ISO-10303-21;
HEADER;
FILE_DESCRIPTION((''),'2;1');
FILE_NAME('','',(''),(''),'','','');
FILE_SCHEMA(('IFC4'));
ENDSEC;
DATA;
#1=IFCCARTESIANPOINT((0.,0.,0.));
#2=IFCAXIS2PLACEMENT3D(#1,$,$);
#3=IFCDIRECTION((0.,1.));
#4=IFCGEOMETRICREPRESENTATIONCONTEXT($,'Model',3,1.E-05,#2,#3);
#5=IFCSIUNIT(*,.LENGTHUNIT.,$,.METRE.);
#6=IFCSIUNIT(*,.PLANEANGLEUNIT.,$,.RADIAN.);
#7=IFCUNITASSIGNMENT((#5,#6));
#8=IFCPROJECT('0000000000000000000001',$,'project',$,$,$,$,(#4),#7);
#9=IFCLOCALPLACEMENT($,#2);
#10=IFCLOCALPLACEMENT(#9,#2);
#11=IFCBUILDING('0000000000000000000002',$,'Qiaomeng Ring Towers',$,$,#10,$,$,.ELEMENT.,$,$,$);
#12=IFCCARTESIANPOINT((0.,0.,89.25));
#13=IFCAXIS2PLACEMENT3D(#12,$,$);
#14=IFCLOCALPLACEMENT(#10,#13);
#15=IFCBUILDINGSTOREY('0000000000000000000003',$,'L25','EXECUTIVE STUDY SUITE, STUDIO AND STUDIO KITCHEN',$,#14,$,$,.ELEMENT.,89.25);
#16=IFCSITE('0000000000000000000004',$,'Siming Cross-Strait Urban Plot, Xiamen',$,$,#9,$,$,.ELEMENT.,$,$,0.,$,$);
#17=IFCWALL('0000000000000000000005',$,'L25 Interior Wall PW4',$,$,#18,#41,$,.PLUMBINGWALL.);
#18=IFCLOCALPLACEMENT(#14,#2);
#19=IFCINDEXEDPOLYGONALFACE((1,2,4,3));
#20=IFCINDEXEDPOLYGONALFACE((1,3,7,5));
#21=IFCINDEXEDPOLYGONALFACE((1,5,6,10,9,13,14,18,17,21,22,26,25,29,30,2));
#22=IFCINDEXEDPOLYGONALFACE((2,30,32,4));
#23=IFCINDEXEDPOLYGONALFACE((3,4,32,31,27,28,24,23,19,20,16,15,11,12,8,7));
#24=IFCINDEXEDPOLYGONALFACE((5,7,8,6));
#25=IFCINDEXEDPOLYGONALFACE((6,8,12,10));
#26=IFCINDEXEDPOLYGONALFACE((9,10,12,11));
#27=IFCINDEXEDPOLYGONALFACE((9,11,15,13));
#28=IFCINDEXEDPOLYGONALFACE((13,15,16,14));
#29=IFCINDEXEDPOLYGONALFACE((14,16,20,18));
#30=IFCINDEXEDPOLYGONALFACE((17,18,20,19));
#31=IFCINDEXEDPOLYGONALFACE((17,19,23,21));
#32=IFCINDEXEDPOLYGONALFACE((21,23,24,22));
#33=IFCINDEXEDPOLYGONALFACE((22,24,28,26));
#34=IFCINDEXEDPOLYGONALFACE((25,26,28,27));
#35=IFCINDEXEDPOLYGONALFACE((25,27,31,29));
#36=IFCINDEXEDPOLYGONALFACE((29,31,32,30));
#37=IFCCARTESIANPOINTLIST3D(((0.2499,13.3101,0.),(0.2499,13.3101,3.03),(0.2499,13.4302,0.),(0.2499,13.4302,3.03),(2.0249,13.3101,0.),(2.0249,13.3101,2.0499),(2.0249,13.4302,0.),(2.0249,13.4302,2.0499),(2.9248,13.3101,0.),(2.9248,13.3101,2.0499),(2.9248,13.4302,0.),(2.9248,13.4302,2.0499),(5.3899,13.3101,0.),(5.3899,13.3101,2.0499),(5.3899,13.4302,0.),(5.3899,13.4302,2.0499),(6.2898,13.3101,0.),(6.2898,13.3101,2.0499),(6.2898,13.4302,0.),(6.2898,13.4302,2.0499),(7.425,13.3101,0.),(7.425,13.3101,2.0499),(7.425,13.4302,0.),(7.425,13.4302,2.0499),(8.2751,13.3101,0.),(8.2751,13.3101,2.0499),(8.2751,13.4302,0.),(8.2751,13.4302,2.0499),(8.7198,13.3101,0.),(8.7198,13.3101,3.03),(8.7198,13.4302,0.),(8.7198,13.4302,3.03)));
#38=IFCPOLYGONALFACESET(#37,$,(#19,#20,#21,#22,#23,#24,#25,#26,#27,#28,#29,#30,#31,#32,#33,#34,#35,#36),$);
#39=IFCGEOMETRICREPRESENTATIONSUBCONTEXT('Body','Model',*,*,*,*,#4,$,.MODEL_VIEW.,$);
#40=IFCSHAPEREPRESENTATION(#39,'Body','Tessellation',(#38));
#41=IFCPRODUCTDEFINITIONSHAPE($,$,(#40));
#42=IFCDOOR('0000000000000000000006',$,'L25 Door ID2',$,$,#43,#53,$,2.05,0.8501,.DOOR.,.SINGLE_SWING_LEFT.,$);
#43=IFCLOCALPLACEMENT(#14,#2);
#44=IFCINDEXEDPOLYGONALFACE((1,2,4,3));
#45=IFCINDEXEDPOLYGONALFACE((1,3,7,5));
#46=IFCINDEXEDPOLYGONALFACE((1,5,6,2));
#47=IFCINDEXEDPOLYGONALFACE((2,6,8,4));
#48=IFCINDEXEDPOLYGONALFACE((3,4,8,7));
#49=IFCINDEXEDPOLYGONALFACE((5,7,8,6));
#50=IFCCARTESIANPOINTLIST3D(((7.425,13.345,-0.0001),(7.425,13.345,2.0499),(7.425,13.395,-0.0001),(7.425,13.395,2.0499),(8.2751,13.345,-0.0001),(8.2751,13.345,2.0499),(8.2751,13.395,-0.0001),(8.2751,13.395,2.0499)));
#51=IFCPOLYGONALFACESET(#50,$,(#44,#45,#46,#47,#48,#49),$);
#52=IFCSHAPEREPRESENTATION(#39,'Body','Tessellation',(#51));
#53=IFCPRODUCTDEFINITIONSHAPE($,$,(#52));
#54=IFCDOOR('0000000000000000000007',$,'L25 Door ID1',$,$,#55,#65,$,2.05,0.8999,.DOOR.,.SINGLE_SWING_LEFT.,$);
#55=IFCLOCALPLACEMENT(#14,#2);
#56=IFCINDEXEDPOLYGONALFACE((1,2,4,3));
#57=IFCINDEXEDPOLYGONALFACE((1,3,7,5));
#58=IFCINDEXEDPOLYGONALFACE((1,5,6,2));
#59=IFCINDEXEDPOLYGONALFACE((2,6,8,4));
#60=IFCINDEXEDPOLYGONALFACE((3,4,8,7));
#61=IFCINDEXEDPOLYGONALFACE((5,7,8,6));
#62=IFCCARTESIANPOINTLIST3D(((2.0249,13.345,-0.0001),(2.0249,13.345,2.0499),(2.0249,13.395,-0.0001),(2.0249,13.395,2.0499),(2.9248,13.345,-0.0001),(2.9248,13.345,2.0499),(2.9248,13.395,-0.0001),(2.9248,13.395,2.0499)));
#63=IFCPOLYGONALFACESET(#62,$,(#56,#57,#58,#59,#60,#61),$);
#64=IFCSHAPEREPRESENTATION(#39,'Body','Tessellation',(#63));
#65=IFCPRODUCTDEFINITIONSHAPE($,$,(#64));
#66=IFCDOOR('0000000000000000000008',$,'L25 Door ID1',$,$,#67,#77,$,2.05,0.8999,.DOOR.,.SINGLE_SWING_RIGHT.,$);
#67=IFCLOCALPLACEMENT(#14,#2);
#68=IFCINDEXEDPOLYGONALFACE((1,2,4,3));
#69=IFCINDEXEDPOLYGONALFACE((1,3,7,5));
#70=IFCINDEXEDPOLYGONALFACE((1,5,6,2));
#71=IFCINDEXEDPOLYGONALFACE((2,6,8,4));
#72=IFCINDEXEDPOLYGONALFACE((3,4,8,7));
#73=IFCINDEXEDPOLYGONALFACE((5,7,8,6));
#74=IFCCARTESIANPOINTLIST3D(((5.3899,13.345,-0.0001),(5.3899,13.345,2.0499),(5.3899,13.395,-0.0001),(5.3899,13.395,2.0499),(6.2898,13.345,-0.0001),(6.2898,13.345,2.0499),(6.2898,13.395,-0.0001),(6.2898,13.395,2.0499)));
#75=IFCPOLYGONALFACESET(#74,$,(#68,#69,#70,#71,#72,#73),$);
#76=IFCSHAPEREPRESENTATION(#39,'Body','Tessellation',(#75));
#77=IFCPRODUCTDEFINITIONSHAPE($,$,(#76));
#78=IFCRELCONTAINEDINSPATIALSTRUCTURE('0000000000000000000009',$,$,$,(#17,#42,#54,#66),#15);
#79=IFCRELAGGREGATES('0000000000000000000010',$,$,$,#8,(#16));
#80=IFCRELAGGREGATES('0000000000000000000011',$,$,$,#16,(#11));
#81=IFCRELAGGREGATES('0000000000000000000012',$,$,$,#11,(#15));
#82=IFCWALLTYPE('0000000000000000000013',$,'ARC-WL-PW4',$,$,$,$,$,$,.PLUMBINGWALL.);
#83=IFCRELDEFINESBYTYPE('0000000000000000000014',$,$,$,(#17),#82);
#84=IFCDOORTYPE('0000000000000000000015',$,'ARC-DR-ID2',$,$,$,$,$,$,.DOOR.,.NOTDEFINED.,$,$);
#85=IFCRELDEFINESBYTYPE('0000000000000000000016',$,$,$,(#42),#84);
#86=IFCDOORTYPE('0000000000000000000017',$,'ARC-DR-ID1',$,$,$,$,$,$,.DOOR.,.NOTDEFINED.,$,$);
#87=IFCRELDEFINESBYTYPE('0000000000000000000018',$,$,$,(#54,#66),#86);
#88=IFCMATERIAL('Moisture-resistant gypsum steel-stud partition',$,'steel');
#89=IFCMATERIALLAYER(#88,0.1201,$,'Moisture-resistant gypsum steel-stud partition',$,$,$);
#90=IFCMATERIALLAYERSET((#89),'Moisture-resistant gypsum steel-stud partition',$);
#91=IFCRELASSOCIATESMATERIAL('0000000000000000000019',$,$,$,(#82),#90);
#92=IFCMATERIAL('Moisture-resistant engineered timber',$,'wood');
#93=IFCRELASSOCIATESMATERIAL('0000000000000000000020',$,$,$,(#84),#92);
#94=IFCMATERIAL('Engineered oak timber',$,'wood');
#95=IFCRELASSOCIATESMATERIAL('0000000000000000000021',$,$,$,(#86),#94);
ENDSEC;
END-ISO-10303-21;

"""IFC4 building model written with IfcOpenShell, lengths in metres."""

from ifc_helpers import new_model, si_unit, direction, frame, frame_2d, origin, place, context, subcontext, project, spatial, rectangle, extrude, source, transform, mapped, material, layer, layer_set, type_object, element, fill, save


model = new_model("IFC4")

# Units and contexts
model_context = context("Model", 3, precision=1e-05, world=origin(), true_north=direction((0.0, 1.0)))
body_context = subcontext(model_context, "Body", "Model", "MODEL_VIEW")
ifc_project = project(units=[si_unit("LENGTHUNIT", "METRE"), si_unit("PLANEANGLEUNIT", "RADIAN")], contexts=[model_context])

# Site, building, storey
site_placement = place(None, origin())
site = spatial("IfcSite", under=ifc_project, at=site_placement, Name="Siming Cross-Strait Urban Plot, Xiamen", CompositionType="ELEMENT", RefElevation=0.0)
building_placement = place(site_placement, origin())
building = spatial("IfcBuilding", under=site, at=building_placement, Name="Qiaomeng Ring Towers", CompositionType="ELEMENT")
storey_placement = place(building_placement, frame((0.0, 0.0, 89.25)))
storey = spatial("IfcBuildingStorey", under=building, at=storey_placement, Name="L25", Description="EXECUTIVE STUDY SUITE, STUDIO AND STUDIO KITCHEN", CompositionType="ELEMENT", Elevation=89.25)

# Wall, openings, doors
ifc_material_1 = material(Name="Moisture-resistant gypsum steel-stud partition", Category="steel")
ifc_layer_1 = layer(ifc_material_1, 0.1201, Name="Moisture-resistant gypsum steel-stud partition")
ifc_layer_set_1 = layer_set([ifc_layer_1], Name="Moisture-resistant gypsum steel-stud partition")
wall_type_1 = type_object("IfcWallType", Name="ARC-WL-PW4", PredefinedType="PLUMBINGWALL", material=ifc_layer_set_1)
wall_1_placement = place(storey_placement, frame((0.25, 13.3701, 0.0), z_axis=(0.0, 0.0, 1.0), x_axis=(1.0, 0.0, 0.0)))
wall_1 = element("IfcWall", 1, at=wall_1_placement, inside=storey, type_object=wall_type_1, Name="L25 Interior Wall PW4", PredefinedType="PLUMBINGWALL", context=body_context, shape_type="SweptSolid", body=[
    extrude(rectangle(XDim=8.47, YDim=0.1201, at=frame_2d((4.2349, 0.0))), origin(), (0.0, 0.0, 1.0), 3.03),
])
opening_1_placement = place(wall_1_placement, frame((1.7749, 0.0, 0.0)))
opening_1 = element("IfcOpeningElement", 2, at=opening_1_placement, cuts=wall_1, PredefinedType="OPENING", context=body_context, shape_type="SweptSolid", body=[
    extrude(rectangle(XDim=0.8999, YDim=2.05, at=frame_2d((0.45, 1.0249))), frame((0.0, 0.0701, 0.0), z_axis=(0.0, -1.0, 0.0), x_axis=(1.0, 0.0, 0.0)), (0.0, 0.0, 1.0), 0.1401),
])
opening_2_placement = place(wall_1_placement, frame((5.1399, 0.0, 0.0)))
opening_2 = element("IfcOpeningElement", 3, at=opening_2_placement, cuts=wall_1, PredefinedType="OPENING", context=body_context, shape_type="SweptSolid", body=[
    extrude(rectangle(XDim=0.8999, YDim=2.05, at=frame_2d((0.45, 1.0249))), frame((0.0, 0.0701, 0.0), z_axis=(0.0, -1.0, 0.0), x_axis=(1.0, 0.0, 0.0)), (0.0, 0.0, 1.0), 0.1401),
])
opening_3_placement = place(wall_1_placement, frame((7.175, 0.0, 0.0)))
opening_3 = element("IfcOpeningElement", 4, at=opening_3_placement, cuts=wall_1, PredefinedType="OPENING", context=body_context, shape_type="SweptSolid", body=[
    extrude(rectangle(XDim=0.8501, YDim=2.05, at=frame_2d((0.425, 1.0249))), frame((0.0, 0.0701, 0.0), z_axis=(0.0, -1.0, 0.0), x_axis=(1.0, 0.0, 0.0)), (0.0, 0.0, 1.0), 0.1401),
])
ifc_material_2 = material(Name="Moisture-resistant engineered timber", Category="wood")
door_type_1 = type_object("IfcDoorType", Name="ARC-DR-ID2", OperationType="NOTDEFINED", PredefinedType="DOOR", material=ifc_material_2)
shared_shape_1 = source(origin(), body_context, "Body", "SweptSolid", [
    extrude(rectangle(XDim=0.8501, YDim=2.05, at=frame_2d((0.425, 1.0249))), frame((0.0, 0.0249, 0.0), z_axis=(0.0, -1.0, 0.0), x_axis=(1.0, 0.0, 0.0)), (0.0, 0.0, 1.0), 0.05),
])
door_1_placement = place(opening_3_placement, origin())
door_1 = element("IfcDoor", 5, at=door_1_placement, inside=storey, type_object=door_type_1, Name="L25 Door ID2", OperationType="SINGLE_SWING_LEFT", OverallHeight=2.05, OverallWidth=0.8501, PredefinedType="DOOR", context=body_context, shape_type="MappedRepresentation", body=[
    mapped(shared_shape_1, transform((0.0, 0.0, 0.0), x_axis=(1.0, 0.0, 0.0), y_axis=(0.0, 1.0, 0.0), z_axis=(0.0, 0.0, 1.0), scale=1.0)),
])
fill(opening_3, door_1)
ifc_material_3 = material(Name="Engineered oak timber", Category="wood")
door_type_2 = type_object("IfcDoorType", Name="ARC-DR-ID1", OperationType="NOTDEFINED", PredefinedType="DOOR", material=ifc_material_3)
shared_shape_2 = source(origin(), body_context, "Body", "SweptSolid", [
    extrude(rectangle(XDim=0.8999, YDim=2.05, at=frame_2d((0.45, 1.0249))), frame((0.0, 0.0249, 0.0), z_axis=(0.0, -1.0, 0.0), x_axis=(1.0, 0.0, 0.0)), (0.0, 0.0, 1.0), 0.05),
])
door_2_placement = place(opening_1_placement, origin())
door_2 = element("IfcDoor", 6, at=door_2_placement, inside=storey, type_object=door_type_2, Name="L25 Door ID1", OperationType="SINGLE_SWING_LEFT", OverallHeight=2.05, OverallWidth=0.8999, PredefinedType="DOOR", context=body_context, shape_type="MappedRepresentation", body=[
    mapped(shared_shape_2, transform((0.0, 0.0, 0.0), x_axis=(1.0, 0.0, 0.0), y_axis=(0.0, 1.0, 0.0), z_axis=(0.0, 0.0, 1.0), scale=1.0)),
])
fill(opening_1, door_2)
door_3_placement = place(opening_2_placement, origin())
door_3 = element("IfcDoor", 7, at=door_3_placement, inside=storey, type_object=door_type_2, Name="L25 Door ID1", OperationType="SINGLE_SWING_RIGHT", OverallHeight=2.05, OverallWidth=0.8999, PredefinedType="DOOR", context=body_context, shape_type="MappedRepresentation", body=[
    mapped(shared_shape_2, transform((0.0, 0.0, 0.0), x_axis=(1.0, 0.0, 0.0), y_axis=(0.0, 1.0, 0.0), z_axis=(0.0, 0.0, 1.0), scale=1.0)),
])
fill(opening_2, door_3)

save(model, "model.ifc")
